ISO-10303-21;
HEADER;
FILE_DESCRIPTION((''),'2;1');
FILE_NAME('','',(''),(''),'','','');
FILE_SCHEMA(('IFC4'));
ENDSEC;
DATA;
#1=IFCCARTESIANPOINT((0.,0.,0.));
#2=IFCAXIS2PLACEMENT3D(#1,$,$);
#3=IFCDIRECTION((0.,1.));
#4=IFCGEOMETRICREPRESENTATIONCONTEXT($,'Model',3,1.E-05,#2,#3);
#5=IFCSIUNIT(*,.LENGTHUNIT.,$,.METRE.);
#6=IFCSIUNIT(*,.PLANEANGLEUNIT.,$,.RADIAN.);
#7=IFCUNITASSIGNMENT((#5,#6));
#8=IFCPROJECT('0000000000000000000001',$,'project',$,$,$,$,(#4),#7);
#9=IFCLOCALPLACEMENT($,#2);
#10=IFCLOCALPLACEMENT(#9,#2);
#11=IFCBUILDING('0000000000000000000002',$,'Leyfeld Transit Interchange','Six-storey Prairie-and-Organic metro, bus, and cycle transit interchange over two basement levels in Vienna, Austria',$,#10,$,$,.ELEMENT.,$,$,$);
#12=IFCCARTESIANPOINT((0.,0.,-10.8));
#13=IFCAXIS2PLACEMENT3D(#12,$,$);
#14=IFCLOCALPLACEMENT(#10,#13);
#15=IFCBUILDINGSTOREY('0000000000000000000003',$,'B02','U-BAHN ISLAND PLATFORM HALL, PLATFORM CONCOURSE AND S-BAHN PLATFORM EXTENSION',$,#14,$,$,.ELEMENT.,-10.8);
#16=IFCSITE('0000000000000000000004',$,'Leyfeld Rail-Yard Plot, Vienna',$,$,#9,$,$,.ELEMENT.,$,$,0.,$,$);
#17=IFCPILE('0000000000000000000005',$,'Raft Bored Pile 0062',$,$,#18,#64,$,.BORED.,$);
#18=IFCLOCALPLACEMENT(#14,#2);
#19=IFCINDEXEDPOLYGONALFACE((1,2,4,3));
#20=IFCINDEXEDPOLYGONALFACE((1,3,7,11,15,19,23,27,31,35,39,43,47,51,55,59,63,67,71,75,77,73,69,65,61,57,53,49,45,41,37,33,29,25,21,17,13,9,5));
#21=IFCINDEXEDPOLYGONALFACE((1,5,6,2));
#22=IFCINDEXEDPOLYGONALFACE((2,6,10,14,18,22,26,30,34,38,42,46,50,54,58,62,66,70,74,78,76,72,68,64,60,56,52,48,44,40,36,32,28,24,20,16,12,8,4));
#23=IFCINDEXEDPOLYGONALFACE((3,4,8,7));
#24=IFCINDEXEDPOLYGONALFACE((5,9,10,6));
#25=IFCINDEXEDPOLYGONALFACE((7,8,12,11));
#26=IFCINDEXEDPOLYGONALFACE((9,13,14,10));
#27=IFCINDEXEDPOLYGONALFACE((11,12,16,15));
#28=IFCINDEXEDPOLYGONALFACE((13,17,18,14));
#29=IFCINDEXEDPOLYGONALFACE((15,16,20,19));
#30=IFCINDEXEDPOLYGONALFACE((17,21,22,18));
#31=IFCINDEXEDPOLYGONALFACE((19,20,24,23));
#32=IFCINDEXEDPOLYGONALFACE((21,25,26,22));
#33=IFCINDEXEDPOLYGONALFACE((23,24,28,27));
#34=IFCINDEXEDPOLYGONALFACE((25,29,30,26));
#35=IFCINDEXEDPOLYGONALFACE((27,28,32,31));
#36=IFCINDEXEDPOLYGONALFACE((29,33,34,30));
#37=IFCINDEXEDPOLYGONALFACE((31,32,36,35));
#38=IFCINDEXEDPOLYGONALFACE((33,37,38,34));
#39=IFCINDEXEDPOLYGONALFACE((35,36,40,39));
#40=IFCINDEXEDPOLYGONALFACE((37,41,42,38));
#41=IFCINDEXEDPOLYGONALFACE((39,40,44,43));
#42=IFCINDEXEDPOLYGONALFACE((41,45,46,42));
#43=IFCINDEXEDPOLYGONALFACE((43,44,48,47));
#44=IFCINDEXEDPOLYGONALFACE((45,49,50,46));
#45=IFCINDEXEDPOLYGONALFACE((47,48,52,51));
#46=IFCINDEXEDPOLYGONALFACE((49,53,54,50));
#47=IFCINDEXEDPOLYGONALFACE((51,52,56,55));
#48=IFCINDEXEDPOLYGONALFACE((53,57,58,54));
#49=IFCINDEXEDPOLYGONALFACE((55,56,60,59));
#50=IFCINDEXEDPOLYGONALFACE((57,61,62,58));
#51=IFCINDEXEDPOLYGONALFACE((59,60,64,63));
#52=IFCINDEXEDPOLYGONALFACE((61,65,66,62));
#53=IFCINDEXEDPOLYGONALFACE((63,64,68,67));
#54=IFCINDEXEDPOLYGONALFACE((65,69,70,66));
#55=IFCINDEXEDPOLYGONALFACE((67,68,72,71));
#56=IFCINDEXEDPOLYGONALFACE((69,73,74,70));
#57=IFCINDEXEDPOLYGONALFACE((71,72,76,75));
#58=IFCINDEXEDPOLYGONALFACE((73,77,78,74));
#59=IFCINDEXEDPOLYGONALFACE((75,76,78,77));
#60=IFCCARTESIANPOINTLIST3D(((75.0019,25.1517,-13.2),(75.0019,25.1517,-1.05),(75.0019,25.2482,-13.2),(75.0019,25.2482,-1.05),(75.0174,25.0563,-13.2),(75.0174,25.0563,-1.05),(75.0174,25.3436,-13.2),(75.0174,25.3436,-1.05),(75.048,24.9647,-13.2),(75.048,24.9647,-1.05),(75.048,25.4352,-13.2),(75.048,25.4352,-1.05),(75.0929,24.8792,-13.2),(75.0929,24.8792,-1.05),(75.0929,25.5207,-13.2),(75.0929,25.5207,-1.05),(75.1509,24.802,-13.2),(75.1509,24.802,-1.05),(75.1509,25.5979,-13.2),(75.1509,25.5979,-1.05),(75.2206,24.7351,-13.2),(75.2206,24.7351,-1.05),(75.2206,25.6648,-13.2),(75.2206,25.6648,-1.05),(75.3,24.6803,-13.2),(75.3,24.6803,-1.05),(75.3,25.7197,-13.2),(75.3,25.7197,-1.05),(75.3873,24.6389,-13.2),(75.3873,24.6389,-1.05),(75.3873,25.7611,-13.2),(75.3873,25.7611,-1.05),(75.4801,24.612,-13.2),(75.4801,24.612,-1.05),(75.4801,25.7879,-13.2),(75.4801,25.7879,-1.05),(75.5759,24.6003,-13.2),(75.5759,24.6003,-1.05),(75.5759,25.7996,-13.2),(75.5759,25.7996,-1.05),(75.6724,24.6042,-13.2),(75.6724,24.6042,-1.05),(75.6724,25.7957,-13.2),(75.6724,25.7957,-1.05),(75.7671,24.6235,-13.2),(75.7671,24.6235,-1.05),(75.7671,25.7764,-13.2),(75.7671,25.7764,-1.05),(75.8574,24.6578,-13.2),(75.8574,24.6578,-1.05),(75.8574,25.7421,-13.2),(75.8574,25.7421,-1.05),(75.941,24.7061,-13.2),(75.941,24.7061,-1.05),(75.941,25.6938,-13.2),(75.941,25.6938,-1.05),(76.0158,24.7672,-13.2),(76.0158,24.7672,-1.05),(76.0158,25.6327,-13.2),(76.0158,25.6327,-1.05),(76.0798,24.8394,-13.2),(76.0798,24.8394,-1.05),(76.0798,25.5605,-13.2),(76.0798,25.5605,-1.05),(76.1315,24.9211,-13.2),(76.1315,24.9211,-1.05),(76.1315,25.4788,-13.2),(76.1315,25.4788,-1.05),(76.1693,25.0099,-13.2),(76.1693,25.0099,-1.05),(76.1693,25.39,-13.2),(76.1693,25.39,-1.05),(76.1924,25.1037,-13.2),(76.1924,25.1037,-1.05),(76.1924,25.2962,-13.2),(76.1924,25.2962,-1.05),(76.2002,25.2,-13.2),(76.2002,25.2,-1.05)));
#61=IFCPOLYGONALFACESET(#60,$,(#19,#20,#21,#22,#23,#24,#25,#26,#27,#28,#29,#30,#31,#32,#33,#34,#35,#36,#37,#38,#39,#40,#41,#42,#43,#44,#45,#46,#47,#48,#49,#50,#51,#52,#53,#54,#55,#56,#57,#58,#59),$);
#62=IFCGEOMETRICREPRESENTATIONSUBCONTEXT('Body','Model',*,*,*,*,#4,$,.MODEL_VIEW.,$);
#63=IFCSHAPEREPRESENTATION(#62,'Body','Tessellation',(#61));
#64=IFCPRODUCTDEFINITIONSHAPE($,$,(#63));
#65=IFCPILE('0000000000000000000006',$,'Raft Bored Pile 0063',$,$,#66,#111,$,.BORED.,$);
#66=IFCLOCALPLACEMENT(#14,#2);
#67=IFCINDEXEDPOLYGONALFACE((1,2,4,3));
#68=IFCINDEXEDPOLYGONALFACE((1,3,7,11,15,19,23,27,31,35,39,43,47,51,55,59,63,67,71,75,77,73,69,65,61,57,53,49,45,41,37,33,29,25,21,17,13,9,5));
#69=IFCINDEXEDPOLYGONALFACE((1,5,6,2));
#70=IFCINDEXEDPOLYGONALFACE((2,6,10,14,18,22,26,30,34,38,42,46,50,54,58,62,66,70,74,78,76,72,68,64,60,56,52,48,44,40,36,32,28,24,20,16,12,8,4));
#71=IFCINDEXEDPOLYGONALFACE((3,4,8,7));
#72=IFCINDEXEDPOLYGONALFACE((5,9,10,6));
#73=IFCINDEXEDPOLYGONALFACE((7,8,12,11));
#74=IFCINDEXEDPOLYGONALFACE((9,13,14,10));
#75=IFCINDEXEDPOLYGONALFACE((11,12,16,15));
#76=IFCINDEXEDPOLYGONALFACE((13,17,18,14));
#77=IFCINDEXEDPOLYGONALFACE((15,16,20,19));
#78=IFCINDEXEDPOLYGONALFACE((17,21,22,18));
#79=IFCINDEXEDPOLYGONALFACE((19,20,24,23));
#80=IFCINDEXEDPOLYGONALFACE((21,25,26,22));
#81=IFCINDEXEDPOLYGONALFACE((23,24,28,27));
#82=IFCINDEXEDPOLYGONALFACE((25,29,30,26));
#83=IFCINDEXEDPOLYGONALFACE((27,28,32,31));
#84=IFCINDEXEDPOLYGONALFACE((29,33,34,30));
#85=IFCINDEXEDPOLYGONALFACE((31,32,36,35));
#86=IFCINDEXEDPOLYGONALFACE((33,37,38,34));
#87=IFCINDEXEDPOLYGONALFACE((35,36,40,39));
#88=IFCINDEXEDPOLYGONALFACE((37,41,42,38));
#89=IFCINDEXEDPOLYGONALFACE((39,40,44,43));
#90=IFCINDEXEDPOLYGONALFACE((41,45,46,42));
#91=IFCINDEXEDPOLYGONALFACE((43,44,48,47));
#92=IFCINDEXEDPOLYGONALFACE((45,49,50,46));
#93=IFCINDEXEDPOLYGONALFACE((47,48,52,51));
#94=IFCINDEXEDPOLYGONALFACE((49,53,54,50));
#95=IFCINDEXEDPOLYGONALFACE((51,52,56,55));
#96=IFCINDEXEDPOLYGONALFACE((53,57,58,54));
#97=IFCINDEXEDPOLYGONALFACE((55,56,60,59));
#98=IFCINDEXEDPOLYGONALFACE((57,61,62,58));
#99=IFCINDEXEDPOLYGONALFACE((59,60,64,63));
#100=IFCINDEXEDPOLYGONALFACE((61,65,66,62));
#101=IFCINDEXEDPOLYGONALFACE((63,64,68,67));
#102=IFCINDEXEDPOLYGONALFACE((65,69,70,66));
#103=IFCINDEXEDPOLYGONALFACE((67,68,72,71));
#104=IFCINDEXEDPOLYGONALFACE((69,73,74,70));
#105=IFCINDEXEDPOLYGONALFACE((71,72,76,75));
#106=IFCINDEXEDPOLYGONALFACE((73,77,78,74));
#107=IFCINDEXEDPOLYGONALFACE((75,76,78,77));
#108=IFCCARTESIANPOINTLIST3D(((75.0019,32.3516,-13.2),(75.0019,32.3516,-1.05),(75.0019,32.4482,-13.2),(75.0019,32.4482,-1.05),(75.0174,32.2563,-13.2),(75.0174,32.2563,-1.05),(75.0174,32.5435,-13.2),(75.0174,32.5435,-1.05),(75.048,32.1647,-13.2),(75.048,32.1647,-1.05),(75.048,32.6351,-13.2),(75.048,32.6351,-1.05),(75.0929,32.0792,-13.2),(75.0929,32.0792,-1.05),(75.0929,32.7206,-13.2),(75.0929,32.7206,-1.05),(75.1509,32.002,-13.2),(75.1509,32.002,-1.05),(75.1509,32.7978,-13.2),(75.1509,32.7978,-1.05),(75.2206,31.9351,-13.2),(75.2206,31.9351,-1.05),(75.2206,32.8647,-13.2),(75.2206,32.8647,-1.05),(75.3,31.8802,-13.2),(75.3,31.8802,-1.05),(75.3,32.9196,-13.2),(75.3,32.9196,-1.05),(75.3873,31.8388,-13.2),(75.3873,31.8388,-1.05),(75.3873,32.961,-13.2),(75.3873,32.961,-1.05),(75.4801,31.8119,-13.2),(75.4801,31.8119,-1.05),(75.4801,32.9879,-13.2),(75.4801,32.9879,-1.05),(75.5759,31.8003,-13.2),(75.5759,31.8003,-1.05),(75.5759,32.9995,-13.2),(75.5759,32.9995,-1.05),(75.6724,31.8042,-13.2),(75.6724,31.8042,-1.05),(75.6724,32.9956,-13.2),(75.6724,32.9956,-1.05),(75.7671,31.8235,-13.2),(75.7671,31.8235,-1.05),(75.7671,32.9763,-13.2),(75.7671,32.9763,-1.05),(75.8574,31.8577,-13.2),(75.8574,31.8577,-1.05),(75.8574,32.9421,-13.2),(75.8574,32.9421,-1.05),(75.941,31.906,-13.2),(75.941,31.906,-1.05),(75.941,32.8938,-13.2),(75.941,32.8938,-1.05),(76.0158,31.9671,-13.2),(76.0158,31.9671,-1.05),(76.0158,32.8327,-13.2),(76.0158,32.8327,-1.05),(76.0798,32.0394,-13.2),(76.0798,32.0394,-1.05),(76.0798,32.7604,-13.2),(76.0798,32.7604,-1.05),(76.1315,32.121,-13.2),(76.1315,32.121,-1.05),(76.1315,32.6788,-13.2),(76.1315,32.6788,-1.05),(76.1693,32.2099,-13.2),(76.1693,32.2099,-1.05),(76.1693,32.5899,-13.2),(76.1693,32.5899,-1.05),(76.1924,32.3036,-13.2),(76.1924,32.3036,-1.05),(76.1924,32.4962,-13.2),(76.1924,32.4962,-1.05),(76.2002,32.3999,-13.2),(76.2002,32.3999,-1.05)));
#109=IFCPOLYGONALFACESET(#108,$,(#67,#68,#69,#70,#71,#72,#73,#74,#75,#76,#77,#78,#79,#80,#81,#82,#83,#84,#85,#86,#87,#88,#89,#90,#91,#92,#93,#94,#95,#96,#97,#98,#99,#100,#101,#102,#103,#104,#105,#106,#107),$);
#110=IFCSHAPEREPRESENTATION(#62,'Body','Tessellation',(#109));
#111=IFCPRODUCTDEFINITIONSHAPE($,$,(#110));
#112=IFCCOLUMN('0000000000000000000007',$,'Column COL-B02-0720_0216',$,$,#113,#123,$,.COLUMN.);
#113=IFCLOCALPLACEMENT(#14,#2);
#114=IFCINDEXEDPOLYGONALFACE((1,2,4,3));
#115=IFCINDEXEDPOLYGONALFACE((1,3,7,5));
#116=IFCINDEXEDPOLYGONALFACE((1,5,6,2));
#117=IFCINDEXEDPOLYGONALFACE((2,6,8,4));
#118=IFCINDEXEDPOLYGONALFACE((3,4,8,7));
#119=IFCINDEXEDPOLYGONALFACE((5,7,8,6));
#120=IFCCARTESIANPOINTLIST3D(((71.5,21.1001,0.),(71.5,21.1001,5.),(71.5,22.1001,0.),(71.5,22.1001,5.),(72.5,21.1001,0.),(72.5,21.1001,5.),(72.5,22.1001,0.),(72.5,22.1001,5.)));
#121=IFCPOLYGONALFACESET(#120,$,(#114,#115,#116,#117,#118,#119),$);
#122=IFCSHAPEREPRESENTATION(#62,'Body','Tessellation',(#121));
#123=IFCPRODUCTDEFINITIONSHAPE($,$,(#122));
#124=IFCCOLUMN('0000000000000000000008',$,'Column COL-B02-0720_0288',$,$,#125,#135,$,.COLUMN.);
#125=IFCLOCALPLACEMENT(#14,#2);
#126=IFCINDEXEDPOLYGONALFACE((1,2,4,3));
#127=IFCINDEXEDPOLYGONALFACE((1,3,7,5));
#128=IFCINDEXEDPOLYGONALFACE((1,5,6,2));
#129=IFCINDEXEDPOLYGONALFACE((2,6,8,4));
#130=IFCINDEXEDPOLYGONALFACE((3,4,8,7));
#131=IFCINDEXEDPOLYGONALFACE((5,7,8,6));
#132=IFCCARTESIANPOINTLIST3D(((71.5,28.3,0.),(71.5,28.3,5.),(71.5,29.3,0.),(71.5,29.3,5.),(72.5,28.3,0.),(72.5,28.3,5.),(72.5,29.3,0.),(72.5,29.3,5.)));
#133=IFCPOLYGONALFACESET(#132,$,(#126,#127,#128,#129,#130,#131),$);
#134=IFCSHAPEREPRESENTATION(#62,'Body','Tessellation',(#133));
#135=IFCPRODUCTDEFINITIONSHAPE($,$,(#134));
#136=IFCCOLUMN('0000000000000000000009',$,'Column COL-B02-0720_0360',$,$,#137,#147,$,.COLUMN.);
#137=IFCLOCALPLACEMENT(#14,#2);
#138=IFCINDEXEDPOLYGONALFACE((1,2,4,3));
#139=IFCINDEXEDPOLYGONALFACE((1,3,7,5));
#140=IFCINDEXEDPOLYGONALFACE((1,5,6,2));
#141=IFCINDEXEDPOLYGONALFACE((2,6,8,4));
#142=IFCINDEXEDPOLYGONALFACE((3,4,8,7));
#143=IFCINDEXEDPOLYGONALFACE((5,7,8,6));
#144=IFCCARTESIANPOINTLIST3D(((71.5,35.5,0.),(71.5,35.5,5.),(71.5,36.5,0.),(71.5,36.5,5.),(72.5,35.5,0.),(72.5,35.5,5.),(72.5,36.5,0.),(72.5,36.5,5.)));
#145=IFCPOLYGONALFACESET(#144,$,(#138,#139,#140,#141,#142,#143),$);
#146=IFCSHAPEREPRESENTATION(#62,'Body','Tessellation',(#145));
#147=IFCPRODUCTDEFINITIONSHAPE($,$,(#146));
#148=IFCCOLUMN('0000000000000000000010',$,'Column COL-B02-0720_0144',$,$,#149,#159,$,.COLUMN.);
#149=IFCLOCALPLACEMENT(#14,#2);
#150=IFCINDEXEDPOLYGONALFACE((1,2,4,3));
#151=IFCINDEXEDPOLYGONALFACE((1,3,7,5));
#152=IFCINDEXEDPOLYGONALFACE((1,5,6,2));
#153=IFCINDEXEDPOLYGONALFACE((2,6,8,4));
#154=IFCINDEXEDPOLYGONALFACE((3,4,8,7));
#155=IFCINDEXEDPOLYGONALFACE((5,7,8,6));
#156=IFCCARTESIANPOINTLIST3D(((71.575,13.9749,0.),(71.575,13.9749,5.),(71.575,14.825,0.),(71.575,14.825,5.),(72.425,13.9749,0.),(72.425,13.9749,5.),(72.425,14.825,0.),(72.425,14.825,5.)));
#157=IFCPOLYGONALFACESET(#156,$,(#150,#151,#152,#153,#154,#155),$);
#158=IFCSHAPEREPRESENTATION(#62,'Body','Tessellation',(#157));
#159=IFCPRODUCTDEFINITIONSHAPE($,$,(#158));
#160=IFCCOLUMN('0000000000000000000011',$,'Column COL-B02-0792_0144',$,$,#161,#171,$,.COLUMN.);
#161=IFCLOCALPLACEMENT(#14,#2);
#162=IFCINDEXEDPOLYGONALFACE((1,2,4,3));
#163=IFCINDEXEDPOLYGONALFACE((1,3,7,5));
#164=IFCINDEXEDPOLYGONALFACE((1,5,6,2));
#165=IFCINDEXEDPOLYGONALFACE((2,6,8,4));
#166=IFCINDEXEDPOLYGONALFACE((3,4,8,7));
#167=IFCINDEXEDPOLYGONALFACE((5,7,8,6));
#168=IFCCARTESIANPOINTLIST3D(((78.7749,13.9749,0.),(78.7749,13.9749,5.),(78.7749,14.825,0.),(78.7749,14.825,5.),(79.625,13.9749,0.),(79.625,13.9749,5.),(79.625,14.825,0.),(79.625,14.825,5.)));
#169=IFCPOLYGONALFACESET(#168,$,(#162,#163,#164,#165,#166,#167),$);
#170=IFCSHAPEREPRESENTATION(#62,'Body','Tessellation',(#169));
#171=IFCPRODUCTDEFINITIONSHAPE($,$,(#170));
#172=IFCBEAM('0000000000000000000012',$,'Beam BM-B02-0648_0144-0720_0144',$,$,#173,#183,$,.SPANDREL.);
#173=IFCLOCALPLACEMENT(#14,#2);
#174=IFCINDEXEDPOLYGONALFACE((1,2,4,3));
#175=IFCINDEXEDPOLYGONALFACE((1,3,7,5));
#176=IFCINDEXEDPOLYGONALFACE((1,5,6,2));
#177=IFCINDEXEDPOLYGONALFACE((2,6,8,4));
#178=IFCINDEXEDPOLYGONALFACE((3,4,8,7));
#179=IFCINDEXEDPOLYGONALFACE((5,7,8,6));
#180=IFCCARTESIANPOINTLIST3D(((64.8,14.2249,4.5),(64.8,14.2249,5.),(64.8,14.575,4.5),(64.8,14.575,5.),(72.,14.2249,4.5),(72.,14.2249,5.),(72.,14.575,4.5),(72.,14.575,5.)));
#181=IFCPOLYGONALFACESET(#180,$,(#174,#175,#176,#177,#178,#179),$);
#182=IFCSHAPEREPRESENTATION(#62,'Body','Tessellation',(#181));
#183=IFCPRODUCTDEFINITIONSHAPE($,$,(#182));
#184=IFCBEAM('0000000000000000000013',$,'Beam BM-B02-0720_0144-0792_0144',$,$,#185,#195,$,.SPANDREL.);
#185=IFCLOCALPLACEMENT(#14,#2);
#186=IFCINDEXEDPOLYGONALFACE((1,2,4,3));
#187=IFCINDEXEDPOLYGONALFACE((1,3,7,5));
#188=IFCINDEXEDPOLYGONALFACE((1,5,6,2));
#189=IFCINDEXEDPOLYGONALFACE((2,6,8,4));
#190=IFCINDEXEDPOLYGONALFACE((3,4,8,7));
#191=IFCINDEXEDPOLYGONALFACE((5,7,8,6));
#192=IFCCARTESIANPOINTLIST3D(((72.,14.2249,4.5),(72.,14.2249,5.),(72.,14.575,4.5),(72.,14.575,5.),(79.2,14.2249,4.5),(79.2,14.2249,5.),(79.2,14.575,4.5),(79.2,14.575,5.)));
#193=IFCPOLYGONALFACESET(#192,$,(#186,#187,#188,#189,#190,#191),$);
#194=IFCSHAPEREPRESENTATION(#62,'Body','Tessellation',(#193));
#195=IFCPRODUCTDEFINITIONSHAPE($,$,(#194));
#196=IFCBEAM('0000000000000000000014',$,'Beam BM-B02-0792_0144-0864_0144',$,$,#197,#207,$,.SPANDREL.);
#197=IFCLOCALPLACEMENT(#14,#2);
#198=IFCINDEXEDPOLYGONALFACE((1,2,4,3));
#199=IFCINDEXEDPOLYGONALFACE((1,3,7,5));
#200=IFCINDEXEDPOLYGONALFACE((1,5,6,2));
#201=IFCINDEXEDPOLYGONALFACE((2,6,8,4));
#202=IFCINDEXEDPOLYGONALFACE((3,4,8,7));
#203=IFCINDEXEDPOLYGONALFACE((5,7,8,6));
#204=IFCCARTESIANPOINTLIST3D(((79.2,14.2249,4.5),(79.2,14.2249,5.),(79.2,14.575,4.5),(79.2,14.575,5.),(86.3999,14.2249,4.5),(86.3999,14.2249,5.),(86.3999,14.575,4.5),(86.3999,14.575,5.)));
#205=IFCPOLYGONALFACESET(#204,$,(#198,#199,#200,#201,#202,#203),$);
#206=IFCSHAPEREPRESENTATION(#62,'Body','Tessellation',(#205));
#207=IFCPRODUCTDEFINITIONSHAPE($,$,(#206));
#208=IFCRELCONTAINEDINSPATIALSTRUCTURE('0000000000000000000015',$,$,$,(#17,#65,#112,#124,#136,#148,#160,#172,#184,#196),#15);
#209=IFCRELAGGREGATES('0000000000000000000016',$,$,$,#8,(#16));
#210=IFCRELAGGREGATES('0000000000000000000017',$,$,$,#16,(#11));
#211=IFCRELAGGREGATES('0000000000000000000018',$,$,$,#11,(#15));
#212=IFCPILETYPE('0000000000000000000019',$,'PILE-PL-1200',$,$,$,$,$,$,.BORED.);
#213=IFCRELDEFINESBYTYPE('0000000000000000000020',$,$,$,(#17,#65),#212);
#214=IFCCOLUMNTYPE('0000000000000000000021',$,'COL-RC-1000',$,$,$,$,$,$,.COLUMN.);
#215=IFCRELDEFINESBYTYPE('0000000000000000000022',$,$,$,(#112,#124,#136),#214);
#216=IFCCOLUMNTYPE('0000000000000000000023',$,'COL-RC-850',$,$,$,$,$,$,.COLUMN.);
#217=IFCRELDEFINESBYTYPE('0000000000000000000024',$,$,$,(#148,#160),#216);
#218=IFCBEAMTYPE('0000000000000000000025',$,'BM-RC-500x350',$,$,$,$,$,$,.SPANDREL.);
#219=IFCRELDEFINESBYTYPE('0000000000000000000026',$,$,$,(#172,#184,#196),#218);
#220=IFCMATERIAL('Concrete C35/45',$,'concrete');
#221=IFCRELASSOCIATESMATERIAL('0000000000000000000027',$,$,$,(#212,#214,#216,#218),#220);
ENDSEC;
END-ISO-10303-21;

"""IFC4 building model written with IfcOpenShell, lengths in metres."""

from ifc_helpers import new_model, si_unit, direction, frame, origin, origin_2d, place, context, subcontext, project, spatial, rectangle, circle, extrude, material, material_profile, profile_set, type_object, element, save


model = new_model("IFC4")

# Units and contexts
model_context = context("Model", 3, precision=1e-05, world=origin(), true_north=direction((0.0, 1.0)))
body_context = subcontext(model_context, "Body", "Model", "MODEL_VIEW")
ifc_project = project(units=[si_unit("LENGTHUNIT", "METRE"), si_unit("PLANEANGLEUNIT", "RADIAN")], contexts=[model_context])

# Site, building, storey
site_placement = place(None, origin())
site = spatial("IfcSite", under=ifc_project, at=site_placement, Name="Leyfeld Rail-Yard Plot, Vienna", CompositionType="ELEMENT", RefElevation=0.0)
building_placement = place(site_placement, origin())
building = spatial("IfcBuilding", under=site, at=building_placement, Name="Leyfeld Transit Interchange", Description="Six-storey Prairie-and-Organic metro, bus, and cycle transit interchange over two basement levels in Vienna, Austria", CompositionType="ELEMENT")
storey_placement = place(building_placement, frame((0.0, 0.0, -10.8)))
storey = spatial("IfcBuildingStorey", under=building, at=storey_placement, Name="B02", Description="U-BAHN ISLAND PLATFORM HALL, PLATFORM CONCOURSE AND S-BAHN PLATFORM EXTENSION", CompositionType="ELEMENT", Elevation=-10.8)

# Piles
ifc_material = material(Name="Concrete C35/45", Category="concrete")
ifc_material_profile_1 = material_profile(ifc_material, circle(Radius=0.6001, at=origin_2d()), Name="PILE D1200")
ifc_profile_set_1 = profile_set([ifc_material_profile_1], Name="Concrete C35/45")
pile_type = type_object("IfcPileType", Name="PILE-PL-1200", PredefinedType="BORED", material=ifc_profile_set_1)
for number, where, z_axis, x_axis, name in (
    (1, (75.6001, 25.2, -1.05), (0.0, 0.0, -1.0), (1.0, 0.0, 0.0), "Raft Bored Pile 0062"),
    (2, (75.6001, 32.3999, -1.05), (0.0, 0.0, -1.0), (1.0, 0.0, 0.0), "Raft Bored Pile 0063"),
):
    element("IfcPile", number, at=place(storey_placement, frame(where, z_axis=z_axis, x_axis=x_axis)), inside=storey, type_object=pile_type, Name=name, PredefinedType="BORED", context=body_context, shape_type="SweptSolid", body=[
        extrude(circle(Radius=0.6001, at=origin_2d()), origin(), (0.0, 0.0, 1.0), 12.1499),
    ])

# Columns
ifc_material_profile_2 = material_profile(ifc_material, rectangle(XDim=1.0, YDim=1.0, at=origin_2d()), Name="RC 1000x1000")
ifc_profile_set_2 = profile_set([ifc_material_profile_2], Name="Concrete C35/45")
column_type_1 = type_object("IfcColumnType", Name="COL-RC-1000", PredefinedType="COLUMN", material=ifc_profile_set_2)
for number, where, z_axis, x_axis, name in (
    (3, (72.0, 21.6001, 0.0), (0.0, 0.0, 1.0), (1.0, 0.0, 0.0), "Column COL-B02-0720_0216"),
    (4, (72.0, 28.8, 0.0), (0.0, 0.0, 1.0), (1.0, 0.0, 0.0), "Column COL-B02-0720_0288"),
    (5, (72.0, 36.0, 0.0), (0.0, 0.0, 1.0), (1.0, 0.0, 0.0), "Column COL-B02-0720_0360"),
):
    element("IfcColumn", number, at=place(storey_placement, frame(where, z_axis=z_axis, x_axis=x_axis)), inside=storey, type_object=column_type_1, Name=name, PredefinedType="COLUMN", context=body_context, shape_type="SweptSolid", body=[
        extrude(rectangle(XDim=1.0, YDim=1.0, at=origin_2d()), origin(), (0.0, 0.0, 1.0), 5.0),
    ])
ifc_material_profile_3 = material_profile(ifc_material, rectangle(XDim=0.8501, YDim=0.8501, at=origin_2d()), Name="RC 850x850")
ifc_profile_set_3 = profile_set([ifc_material_profile_3], Name="Concrete C35/45")
column_type_2 = type_object("IfcColumnType", Name="COL-RC-850", PredefinedType="COLUMN", material=ifc_profile_set_3)
for number, where, z_axis, x_axis, name in (
    (6, (72.0, 14.3999, 0.0), (0.0, 0.0, 1.0), (1.0, 0.0, 0.0), "Column COL-B02-0720_0144"),
    (7, (79.2, 14.3999, 0.0), (0.0, 0.0, 1.0), (1.0, 0.0, 0.0), "Column COL-B02-0792_0144"),
):
    element("IfcColumn", number, at=place(storey_placement, frame(where, z_axis=z_axis, x_axis=x_axis)), inside=storey, type_object=column_type_2, Name=name, PredefinedType="COLUMN", context=body_context, shape_type="SweptSolid", body=[
        extrude(rectangle(XDim=0.8501, YDim=0.8501, at=origin_2d()), origin(), (0.0, 0.0, 1.0), 5.0),
    ])

# Beams
ifc_material_profile_4 = material_profile(ifc_material, rectangle(XDim=0.3501, YDim=0.5, at=origin_2d()), Name="RC 500x350")
ifc_profile_set_4 = profile_set([ifc_material_profile_4], Name="Concrete C35/45")
beam_type_1 = type_object("IfcBeamType", Name="BM-RC-500x350", PredefinedType="SPANDREL", material=ifc_profile_set_4)
for number, where, z_axis, x_axis, name in (
    (8, (64.8, 14.3999, 4.75), (1.0, 0.0, 0.0), (0.0, 1.0, 0.0), "Beam BM-B02-0648_0144-0720_0144"),
    (9, (72.0, 14.3999, 4.75), (1.0, 0.0, 0.0), (0.0, 1.0, 0.0), "Beam BM-B02-0720_0144-0792_0144"),
    (10, (79.2, 14.3999, 4.75), (1.0, 0.0, 0.0), (0.0, 1.0, 0.0), "Beam BM-B02-0792_0144-0864_0144"),
):
    element("IfcBeam", number, at=place(storey_placement, frame(where, z_axis=z_axis, x_axis=x_axis)), inside=storey, type_object=beam_type_1, Name=name, PredefinedType="SPANDREL", context=body_context, shape_type="SweptSolid", body=[
        extrude(rectangle(XDim=0.3501, YDim=0.5, at=origin_2d()), origin(), (0.0, 0.0, 1.0), 7.2),
    ])

save(model, "model.ifc")
